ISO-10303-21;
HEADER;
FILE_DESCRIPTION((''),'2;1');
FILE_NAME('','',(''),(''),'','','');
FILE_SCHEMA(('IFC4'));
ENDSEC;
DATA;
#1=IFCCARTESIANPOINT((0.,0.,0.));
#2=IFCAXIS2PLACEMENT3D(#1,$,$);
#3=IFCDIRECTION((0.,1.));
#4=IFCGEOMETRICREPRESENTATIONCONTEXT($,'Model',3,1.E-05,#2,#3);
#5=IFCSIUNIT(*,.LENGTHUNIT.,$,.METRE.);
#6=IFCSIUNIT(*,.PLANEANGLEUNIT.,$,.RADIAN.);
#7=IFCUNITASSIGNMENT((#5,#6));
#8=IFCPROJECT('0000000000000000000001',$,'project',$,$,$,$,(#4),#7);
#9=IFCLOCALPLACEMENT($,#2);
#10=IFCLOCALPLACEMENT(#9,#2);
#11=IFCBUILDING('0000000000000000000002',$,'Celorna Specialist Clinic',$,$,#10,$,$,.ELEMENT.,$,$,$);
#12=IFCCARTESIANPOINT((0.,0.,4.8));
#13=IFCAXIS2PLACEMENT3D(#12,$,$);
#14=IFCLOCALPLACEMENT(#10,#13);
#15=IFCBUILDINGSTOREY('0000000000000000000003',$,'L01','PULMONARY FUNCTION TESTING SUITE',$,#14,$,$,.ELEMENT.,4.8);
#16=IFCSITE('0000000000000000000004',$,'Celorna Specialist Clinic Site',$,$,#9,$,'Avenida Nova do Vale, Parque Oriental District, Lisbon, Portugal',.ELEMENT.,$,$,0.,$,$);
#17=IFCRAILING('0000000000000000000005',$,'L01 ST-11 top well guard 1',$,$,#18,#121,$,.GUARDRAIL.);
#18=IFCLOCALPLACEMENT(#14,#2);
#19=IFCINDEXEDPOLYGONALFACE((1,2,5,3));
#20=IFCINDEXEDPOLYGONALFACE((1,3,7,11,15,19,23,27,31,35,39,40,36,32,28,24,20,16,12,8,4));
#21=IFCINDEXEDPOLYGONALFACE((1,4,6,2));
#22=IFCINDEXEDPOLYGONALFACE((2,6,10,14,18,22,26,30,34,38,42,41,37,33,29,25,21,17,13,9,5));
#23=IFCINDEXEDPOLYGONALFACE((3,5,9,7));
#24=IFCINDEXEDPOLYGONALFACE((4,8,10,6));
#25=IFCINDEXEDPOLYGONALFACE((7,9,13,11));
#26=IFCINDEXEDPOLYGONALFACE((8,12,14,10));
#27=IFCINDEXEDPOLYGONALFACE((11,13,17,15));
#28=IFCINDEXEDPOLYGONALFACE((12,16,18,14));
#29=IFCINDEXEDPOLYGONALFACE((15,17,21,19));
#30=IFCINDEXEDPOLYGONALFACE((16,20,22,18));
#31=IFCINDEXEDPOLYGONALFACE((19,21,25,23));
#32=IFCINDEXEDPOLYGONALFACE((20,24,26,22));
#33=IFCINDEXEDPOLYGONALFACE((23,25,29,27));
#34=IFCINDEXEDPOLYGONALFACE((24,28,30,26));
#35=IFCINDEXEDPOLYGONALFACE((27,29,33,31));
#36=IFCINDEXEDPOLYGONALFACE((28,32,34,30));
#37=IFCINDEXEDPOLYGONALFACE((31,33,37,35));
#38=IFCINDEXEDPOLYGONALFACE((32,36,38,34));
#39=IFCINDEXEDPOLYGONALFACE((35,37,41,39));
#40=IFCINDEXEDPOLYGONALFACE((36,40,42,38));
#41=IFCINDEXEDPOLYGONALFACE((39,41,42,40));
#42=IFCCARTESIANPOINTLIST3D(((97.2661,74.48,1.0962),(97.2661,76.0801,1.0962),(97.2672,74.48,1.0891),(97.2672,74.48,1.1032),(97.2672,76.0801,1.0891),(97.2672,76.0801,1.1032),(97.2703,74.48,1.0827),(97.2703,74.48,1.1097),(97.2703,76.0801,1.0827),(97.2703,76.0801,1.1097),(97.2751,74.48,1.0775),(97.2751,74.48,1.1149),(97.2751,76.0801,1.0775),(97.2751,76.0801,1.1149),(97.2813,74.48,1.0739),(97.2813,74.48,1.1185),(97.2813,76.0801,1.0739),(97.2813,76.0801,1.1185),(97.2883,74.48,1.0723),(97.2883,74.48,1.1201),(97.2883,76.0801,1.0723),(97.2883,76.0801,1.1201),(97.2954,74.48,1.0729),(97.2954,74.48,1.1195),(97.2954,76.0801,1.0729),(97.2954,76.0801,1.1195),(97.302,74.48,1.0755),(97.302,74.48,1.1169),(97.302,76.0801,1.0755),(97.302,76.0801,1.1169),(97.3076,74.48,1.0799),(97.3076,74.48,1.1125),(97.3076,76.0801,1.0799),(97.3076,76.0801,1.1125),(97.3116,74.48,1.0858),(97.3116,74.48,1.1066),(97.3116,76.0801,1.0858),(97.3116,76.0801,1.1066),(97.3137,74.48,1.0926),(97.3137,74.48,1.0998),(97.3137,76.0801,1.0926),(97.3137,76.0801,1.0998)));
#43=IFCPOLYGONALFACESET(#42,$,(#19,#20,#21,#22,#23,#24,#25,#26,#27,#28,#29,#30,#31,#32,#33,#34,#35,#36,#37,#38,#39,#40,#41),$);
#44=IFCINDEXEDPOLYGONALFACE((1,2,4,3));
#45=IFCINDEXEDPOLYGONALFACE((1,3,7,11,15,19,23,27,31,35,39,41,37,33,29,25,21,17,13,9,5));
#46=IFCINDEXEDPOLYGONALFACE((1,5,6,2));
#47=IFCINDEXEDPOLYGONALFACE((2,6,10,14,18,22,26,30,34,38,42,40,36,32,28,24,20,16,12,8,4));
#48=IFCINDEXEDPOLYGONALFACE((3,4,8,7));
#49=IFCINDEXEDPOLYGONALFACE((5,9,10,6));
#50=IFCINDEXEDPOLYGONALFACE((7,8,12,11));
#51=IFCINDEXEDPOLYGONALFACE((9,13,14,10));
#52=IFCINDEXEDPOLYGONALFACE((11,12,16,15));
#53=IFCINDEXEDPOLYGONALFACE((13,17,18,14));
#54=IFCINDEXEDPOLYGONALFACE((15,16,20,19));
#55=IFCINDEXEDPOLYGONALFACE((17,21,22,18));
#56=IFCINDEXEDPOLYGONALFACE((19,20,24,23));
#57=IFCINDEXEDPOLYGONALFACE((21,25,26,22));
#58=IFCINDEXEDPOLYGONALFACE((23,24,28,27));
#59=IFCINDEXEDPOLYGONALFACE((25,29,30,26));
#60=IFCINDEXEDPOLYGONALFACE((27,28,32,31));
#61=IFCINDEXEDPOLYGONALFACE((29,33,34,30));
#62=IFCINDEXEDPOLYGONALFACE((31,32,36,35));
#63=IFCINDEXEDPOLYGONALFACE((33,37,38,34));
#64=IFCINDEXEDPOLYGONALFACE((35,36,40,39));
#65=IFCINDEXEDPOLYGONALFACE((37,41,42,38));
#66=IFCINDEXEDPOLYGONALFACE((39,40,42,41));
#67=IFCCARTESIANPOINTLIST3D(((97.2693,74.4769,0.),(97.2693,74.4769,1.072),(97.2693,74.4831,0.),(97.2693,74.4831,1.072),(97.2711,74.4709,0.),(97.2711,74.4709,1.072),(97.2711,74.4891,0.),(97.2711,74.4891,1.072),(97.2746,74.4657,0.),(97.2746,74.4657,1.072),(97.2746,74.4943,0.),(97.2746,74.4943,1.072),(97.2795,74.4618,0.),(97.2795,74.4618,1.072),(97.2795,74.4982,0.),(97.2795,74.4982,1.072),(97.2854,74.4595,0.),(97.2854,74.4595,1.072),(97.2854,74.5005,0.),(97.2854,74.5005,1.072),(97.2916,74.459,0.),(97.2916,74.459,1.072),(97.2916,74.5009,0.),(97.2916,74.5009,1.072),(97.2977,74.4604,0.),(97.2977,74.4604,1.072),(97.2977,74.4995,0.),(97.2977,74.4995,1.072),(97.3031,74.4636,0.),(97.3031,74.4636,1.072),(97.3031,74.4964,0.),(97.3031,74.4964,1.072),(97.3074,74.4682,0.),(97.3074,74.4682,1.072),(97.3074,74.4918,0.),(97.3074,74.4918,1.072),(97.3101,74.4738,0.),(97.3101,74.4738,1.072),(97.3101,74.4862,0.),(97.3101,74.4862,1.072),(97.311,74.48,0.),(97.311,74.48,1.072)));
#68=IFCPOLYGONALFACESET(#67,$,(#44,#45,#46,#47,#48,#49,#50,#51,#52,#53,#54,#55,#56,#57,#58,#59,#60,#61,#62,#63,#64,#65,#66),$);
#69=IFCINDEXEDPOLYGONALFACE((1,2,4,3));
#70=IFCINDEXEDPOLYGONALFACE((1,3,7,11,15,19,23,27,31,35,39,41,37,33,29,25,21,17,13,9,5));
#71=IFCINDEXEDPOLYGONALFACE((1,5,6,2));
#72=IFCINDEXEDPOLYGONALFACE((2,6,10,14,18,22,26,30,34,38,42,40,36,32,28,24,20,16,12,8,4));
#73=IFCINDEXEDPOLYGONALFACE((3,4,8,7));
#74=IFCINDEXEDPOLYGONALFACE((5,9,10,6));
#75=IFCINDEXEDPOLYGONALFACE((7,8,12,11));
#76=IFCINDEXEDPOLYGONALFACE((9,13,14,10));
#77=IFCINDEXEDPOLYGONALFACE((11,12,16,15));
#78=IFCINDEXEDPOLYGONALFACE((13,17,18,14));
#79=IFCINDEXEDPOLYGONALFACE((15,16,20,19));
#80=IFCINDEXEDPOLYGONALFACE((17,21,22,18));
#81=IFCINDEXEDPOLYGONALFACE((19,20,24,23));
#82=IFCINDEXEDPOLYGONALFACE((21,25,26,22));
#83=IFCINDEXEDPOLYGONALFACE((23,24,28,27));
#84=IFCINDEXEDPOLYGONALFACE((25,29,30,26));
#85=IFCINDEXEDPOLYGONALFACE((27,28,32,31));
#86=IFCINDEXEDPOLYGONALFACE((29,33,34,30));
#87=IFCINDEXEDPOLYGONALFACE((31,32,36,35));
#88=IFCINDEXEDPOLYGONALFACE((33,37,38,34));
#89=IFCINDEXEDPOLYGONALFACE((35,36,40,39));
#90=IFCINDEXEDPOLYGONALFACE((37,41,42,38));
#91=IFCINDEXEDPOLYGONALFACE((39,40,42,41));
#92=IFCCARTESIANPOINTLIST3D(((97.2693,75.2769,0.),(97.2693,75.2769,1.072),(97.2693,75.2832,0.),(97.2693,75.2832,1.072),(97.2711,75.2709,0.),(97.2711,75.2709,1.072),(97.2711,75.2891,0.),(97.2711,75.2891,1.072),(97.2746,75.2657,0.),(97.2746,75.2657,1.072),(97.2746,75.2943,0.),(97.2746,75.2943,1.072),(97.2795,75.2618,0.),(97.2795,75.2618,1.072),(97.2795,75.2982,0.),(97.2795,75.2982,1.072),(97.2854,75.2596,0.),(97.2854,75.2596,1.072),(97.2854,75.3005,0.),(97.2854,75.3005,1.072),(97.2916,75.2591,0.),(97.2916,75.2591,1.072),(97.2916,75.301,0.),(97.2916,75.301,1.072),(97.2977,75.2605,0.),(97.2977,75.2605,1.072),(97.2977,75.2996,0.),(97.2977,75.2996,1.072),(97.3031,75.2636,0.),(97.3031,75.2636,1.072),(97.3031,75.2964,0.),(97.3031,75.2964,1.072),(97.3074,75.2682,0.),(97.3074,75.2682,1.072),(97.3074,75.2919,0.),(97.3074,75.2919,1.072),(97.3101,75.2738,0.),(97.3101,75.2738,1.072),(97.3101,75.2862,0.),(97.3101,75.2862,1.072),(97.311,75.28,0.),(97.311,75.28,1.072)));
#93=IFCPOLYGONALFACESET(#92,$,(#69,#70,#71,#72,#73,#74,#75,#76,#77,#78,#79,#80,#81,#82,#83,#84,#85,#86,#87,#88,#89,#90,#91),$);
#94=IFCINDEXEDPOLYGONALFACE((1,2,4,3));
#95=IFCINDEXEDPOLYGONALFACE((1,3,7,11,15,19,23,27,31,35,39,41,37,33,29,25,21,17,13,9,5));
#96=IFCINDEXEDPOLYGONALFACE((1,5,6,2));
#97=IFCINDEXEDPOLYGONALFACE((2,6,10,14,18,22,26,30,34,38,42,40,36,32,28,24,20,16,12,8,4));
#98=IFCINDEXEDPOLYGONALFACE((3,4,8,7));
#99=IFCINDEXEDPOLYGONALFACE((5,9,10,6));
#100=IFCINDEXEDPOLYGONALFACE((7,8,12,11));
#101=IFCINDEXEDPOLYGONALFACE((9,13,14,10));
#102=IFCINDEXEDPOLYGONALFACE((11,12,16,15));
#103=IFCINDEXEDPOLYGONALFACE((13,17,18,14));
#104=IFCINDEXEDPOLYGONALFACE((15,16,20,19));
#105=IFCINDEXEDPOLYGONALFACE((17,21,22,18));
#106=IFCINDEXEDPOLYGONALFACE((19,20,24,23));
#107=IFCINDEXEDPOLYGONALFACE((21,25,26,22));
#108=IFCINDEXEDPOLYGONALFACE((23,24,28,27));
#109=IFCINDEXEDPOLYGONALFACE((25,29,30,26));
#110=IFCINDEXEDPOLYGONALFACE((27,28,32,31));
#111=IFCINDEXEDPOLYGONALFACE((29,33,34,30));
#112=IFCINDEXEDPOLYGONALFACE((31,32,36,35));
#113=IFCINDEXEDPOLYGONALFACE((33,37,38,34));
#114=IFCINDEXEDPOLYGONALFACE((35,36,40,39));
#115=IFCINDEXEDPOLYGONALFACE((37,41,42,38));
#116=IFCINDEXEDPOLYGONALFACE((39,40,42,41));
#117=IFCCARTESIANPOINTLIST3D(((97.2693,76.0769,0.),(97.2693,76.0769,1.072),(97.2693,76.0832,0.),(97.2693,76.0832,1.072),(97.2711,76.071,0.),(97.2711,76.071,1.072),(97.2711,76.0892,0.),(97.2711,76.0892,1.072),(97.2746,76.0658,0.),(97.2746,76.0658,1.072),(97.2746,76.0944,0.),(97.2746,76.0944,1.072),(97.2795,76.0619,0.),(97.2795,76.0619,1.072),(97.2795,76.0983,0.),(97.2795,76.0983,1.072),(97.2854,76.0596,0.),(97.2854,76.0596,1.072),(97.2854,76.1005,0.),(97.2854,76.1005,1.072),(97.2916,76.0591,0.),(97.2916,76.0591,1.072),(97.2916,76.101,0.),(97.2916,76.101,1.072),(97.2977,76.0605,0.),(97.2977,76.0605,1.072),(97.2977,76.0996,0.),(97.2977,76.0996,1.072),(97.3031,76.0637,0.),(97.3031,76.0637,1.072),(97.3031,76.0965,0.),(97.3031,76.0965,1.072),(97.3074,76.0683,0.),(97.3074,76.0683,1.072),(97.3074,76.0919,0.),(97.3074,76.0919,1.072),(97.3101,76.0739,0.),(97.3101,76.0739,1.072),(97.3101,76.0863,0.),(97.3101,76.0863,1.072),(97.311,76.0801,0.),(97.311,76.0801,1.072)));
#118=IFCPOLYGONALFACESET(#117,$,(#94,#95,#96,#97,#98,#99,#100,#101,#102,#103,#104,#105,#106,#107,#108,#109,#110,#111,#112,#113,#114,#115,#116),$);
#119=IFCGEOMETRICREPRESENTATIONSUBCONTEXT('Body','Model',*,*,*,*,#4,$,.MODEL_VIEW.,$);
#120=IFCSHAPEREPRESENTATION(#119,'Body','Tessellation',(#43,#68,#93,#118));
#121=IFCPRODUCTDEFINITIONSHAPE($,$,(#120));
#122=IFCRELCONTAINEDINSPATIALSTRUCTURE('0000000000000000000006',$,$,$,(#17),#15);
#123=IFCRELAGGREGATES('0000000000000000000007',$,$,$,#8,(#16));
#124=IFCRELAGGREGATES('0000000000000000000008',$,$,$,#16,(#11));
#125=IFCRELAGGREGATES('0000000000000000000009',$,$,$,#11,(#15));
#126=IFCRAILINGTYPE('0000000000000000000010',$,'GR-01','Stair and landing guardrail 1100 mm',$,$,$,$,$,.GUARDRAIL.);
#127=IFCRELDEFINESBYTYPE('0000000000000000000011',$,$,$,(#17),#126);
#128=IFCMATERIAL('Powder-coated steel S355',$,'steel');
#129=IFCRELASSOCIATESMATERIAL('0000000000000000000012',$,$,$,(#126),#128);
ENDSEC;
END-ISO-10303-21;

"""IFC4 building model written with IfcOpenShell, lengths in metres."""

from ifc_helpers import new_model, si_unit, direction, frame, origin, origin_2d, place, context, subcontext, project, spatial, circle, extrude, material, type_object, element, save


model = new_model("IFC4")

# Units and contexts
model_context = context("Model", 3, precision=1e-05, world=origin(), true_north=direction((0.0, 1.0)))
body_context = subcontext(model_context, "Body", "Model", "MODEL_VIEW")
ifc_project = project(units=[si_unit("LENGTHUNIT", "METRE"), si_unit("PLANEANGLEUNIT", "RADIAN")], contexts=[model_context])

# Site, building, storey
site_placement = place(None, origin())
site = spatial("IfcSite", under=ifc_project, at=site_placement, Name="Celorna Specialist Clinic Site", LongName="Avenida Nova do Vale, Parque Oriental District, Lisbon, Portugal", CompositionType="ELEMENT", RefElevation=0.0)
building_placement = place(site_placement, origin())
building = spatial("IfcBuilding", under=site, at=building_placement, Name="Celorna Specialist Clinic", CompositionType="ELEMENT")
storey_placement = place(building_placement, frame((0.0, 0.0, 4.8)))
storey = spatial("IfcBuildingStorey", under=building, at=storey_placement, Name="L01", Description="PULMONARY FUNCTION TESTING SUITE", CompositionType="ELEMENT", Elevation=4.8)

# Railing
ifc_material_1 = material(Name="Powder-coated steel S355", Category="steel")
railing_type = type_object("IfcRailingType", Name="GR-01", Description="Stair and landing guardrail 1100 mm", PredefinedType="GUARDRAIL", material=ifc_material_1)
railing_placement = place(storey_placement, frame((97.29, 74.48, 0.0)))
element("IfcRailing", 1, at=railing_placement, inside=storey, type_object=railing_type, Name="L01 ST-11 top well guard 1", PredefinedType="GUARDRAIL", context=body_context, shape_type="SweptSolid", body=[
    extrude(circle(Radius=0.0239, at=origin_2d()), frame((0.0, 0.0, 1.0962), z_axis=(0.0, 1.0, 0.0), x_axis=(-1.0, 0.0, 0.0)), (0.0, 0.0, 1.0), 1.6001),
    extrude(circle(Radius=0.021, at=origin_2d()), origin(), (0.0, 0.0, 1.0), 1.072),
    extrude(circle(Radius=0.021, at=origin_2d()), frame((0.0, 0.8, 0.0)), (0.0, 0.0, 1.0), 1.072),
    extrude(circle(Radius=0.021, at=origin_2d()), frame((0.0, 1.6001, 0.0)), (0.0, 0.0, 1.0), 1.072),
])

save(model, "model.ifc")
